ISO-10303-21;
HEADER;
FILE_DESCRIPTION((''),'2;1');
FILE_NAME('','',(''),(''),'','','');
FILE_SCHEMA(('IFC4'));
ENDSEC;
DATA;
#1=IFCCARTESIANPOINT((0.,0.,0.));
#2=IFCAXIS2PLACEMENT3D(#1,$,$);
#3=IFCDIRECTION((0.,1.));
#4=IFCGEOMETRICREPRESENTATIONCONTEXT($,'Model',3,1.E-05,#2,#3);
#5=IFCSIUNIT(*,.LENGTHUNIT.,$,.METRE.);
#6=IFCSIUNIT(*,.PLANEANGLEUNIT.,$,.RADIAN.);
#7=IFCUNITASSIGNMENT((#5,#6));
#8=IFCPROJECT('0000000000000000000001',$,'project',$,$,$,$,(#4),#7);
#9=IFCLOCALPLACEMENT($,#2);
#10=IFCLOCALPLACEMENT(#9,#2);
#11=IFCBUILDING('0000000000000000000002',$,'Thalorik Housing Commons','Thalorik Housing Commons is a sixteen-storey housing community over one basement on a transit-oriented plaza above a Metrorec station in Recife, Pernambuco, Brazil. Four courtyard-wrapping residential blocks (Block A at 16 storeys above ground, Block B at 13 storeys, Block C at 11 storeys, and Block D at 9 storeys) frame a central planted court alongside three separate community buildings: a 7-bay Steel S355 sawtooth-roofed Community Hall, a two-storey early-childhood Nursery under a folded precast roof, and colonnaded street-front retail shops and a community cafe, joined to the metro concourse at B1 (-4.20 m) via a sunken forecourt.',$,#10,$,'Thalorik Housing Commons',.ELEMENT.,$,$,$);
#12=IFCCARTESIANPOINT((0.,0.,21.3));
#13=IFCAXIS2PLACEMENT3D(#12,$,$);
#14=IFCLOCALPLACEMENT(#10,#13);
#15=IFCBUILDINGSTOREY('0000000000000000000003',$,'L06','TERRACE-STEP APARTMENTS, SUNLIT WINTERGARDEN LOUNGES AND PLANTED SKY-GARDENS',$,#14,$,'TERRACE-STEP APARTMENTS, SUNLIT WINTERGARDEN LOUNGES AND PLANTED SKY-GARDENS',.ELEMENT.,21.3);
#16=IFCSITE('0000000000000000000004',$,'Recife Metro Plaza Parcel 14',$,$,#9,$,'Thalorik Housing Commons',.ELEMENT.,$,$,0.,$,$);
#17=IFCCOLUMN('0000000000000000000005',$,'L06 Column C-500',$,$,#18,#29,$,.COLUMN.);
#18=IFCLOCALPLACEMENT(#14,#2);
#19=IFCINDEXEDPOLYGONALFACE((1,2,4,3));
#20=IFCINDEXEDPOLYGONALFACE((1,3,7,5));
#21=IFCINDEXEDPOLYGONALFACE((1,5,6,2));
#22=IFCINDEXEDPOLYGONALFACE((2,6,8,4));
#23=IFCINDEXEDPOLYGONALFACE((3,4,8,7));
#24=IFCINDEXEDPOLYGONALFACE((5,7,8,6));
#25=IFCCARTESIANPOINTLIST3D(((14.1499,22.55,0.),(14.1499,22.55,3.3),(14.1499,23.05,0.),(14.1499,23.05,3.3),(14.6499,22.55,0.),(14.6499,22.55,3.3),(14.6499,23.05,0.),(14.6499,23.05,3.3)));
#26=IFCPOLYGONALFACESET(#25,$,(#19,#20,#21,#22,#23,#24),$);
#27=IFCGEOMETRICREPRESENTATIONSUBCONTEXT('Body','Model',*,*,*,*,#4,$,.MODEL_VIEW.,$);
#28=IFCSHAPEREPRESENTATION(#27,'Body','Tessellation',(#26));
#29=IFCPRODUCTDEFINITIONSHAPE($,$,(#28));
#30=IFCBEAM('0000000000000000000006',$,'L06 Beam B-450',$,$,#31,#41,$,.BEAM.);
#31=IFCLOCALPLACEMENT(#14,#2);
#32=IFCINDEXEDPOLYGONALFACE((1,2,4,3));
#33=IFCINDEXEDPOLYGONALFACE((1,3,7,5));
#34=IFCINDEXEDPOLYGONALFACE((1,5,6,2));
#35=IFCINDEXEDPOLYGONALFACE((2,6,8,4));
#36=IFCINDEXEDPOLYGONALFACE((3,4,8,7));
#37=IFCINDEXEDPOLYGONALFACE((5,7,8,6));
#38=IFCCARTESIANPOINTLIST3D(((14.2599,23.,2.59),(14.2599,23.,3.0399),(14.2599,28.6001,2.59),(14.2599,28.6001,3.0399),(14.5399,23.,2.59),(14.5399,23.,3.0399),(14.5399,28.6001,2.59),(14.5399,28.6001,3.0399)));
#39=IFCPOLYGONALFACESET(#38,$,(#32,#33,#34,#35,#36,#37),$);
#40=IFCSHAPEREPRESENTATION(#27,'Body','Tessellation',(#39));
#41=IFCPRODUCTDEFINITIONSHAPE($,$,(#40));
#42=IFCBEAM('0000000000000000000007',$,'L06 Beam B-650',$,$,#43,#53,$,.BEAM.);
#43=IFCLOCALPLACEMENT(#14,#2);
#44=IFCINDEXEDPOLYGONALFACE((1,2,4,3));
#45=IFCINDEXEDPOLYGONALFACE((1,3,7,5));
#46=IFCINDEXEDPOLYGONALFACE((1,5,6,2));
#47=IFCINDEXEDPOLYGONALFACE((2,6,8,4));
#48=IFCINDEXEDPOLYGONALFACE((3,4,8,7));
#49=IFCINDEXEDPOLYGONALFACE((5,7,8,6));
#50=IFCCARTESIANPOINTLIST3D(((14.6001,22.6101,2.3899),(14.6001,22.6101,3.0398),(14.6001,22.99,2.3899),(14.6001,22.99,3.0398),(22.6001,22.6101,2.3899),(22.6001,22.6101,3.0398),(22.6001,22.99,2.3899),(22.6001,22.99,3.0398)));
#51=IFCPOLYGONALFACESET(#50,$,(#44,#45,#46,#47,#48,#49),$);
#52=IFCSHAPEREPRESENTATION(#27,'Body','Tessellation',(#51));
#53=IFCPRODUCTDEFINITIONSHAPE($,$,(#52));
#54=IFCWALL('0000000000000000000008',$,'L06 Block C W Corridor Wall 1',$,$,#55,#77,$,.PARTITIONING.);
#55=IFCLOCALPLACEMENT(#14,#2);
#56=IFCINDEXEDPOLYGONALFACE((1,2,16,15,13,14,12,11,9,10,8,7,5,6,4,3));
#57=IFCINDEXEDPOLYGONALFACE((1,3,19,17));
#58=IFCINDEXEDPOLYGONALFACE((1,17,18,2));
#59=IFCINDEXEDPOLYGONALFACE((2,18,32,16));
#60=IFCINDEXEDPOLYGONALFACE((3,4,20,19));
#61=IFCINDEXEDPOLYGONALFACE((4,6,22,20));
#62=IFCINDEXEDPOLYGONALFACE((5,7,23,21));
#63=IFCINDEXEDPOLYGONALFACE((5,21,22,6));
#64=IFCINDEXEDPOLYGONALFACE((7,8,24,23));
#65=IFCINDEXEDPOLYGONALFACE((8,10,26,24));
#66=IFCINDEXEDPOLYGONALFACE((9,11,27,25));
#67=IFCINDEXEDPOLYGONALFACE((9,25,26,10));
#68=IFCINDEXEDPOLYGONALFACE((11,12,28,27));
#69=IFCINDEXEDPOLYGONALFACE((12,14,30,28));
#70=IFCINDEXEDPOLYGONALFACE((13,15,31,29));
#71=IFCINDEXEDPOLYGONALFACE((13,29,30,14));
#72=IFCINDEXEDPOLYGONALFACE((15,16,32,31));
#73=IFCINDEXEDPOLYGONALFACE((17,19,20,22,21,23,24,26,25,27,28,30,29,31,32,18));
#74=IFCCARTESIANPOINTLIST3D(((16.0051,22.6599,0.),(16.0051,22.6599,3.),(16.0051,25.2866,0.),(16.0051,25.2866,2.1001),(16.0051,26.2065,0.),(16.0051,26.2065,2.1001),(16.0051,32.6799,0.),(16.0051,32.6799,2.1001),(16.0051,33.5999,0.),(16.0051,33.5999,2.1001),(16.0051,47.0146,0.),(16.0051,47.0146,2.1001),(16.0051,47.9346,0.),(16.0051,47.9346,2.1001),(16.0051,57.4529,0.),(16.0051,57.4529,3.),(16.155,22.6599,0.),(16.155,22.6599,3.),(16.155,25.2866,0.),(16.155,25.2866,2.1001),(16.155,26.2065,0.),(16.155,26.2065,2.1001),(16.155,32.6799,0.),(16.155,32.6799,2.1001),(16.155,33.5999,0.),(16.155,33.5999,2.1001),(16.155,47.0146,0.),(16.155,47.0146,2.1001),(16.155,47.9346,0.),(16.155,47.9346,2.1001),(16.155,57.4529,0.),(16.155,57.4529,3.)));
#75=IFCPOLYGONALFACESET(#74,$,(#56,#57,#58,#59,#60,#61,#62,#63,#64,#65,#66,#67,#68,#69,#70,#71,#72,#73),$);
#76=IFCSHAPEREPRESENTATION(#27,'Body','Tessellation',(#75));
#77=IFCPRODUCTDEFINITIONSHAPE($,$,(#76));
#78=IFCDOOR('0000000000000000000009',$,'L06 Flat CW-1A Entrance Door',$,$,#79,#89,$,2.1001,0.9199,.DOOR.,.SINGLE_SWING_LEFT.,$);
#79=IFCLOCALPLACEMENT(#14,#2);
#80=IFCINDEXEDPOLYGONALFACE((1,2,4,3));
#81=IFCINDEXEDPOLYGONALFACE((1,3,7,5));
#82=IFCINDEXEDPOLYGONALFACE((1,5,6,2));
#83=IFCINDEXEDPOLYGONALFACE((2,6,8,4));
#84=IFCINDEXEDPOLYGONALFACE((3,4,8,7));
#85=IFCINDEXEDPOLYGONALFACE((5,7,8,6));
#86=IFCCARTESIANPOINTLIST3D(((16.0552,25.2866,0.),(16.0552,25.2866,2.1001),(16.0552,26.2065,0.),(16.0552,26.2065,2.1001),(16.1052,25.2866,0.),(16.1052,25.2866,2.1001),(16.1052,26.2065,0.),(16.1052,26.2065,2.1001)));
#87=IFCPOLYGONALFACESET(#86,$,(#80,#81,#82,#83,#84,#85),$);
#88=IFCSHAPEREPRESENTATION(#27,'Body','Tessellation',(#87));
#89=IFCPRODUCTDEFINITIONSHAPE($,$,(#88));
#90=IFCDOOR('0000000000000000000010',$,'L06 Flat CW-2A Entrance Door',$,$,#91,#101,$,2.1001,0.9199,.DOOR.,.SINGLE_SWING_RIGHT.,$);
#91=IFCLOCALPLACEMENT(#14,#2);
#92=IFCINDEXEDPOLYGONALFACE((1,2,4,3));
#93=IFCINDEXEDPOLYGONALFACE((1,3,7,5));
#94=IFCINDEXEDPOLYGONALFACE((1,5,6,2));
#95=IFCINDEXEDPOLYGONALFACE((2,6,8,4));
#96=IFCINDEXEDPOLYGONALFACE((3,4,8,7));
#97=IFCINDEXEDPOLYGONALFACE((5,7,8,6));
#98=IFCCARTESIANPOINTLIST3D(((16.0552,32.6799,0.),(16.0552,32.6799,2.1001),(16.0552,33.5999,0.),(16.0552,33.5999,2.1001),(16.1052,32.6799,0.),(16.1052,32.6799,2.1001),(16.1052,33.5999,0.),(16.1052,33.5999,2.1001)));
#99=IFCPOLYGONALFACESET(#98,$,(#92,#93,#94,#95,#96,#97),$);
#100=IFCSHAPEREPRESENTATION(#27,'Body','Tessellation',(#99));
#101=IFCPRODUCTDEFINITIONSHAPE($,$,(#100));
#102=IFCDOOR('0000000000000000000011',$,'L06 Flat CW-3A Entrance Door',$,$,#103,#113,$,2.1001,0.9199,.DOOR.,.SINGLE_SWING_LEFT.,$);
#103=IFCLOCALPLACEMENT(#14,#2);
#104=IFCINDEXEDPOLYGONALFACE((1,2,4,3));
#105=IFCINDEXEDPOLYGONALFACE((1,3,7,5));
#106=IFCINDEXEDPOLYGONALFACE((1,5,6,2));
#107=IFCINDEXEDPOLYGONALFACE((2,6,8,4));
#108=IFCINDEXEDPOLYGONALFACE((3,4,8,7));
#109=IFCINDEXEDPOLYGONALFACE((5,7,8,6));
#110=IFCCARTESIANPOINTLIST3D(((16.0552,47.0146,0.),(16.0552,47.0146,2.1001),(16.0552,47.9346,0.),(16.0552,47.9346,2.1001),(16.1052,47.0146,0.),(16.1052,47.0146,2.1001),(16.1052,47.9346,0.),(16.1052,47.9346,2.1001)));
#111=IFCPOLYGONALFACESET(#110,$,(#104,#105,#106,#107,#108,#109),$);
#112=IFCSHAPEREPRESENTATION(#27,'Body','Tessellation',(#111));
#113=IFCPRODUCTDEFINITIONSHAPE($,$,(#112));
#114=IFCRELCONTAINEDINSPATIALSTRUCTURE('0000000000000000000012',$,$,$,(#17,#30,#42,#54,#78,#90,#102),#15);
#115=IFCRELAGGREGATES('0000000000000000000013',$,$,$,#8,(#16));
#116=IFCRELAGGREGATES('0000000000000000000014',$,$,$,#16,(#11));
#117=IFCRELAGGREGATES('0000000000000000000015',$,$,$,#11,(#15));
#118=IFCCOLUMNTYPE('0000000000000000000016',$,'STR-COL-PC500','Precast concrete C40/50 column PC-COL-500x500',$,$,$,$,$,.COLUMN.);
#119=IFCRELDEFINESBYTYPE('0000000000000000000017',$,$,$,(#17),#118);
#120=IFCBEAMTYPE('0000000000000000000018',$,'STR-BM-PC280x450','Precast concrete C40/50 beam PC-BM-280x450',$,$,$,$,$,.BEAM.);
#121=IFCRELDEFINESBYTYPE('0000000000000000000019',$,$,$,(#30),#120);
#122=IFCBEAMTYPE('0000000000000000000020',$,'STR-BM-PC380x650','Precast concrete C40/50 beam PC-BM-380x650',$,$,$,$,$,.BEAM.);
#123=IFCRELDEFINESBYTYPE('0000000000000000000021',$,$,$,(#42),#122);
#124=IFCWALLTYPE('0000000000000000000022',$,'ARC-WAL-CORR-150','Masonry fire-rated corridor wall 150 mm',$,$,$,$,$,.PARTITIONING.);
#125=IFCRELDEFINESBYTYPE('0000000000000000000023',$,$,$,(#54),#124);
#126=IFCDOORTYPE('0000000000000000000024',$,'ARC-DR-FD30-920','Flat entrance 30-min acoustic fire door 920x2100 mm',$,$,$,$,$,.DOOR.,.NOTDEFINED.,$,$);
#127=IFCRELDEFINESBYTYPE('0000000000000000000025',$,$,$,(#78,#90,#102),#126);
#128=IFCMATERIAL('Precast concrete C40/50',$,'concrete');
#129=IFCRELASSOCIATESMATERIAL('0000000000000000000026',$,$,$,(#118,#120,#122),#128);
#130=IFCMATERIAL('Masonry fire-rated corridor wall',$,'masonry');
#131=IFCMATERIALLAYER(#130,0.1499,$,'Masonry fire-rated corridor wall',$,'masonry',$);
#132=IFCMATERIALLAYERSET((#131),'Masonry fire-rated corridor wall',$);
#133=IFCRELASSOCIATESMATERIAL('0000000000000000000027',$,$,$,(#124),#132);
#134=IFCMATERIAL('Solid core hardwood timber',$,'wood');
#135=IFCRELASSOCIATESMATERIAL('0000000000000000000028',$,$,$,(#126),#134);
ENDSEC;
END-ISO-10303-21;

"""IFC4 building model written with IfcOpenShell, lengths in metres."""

from ifc_helpers import new_model, si_unit, direction, frame, frame_2d, origin, origin_2d, place, context, subcontext, project, spatial, rectangle, extrude, material, layer, layer_set, material_profile, profile_set, type_object, element, fill, save


model = new_model("IFC4")

# Units and contexts
model_context = context("Model", 3, precision=1e-05, world=origin(), true_north=direction((0.0, 1.0)))
body_context = subcontext(model_context, "Body", "Model", "MODEL_VIEW")
ifc_project = project(units=[si_unit("LENGTHUNIT", "METRE"), si_unit("PLANEANGLEUNIT", "RADIAN")], contexts=[model_context])

# Site, building, storey
site_placement = place(None, origin())
site = spatial("IfcSite", under=ifc_project, at=site_placement, Name="Recife Metro Plaza Parcel 14", LongName="Thalorik Housing Commons", CompositionType="ELEMENT", RefElevation=0.0)
building_placement = place(site_placement, origin())
building = spatial("IfcBuilding", under=site, at=building_placement, Name="Thalorik Housing Commons", Description="Thalorik Housing Commons is a sixteen-storey housing community over one basement on a transit-oriented plaza above a Metrorec station in Recife, Pernambuco, Brazil. Four courtyard-wrapping residential blocks (Block A at 16 storeys above ground, Block B at 13 storeys, Block C at 11 storeys, and Block D at 9 storeys) frame a central planted court alongside three separate community buildings: a 7-bay Steel S355 sawtooth-roofed Community Hall, a two-storey early-childhood Nursery under a folded precast roof, and colonnaded street-front retail shops and a community cafe, joined to the metro concourse at B1 (-4.20 m) via a sunken forecourt.", LongName="Thalorik Housing Commons", CompositionType="ELEMENT")
storey_placement = place(building_placement, frame((0.0, 0.0, 21.3)))
storey = spatial("IfcBuildingStorey", under=building, at=storey_placement, Name="L06", Description="TERRACE-STEP APARTMENTS, SUNLIT WINTERGARDEN LOUNGES AND PLANTED SKY-GARDENS", LongName="TERRACE-STEP APARTMENTS, SUNLIT WINTERGARDEN LOUNGES AND PLANTED SKY-GARDENS", CompositionType="ELEMENT", Elevation=21.3)

# Column
ifc_material_1 = material(Name="Precast concrete C40/50", Category="concrete")
ifc_material_profile_1 = material_profile(ifc_material_1, rectangle(XDim=0.5, YDim=0.5, at=origin_2d()), Name="PC 500x500", Category="concrete")
ifc_profile_set_1 = profile_set([ifc_material_profile_1], Name="Precast concrete C40/50")
column_type = type_object("IfcColumnType", Name="STR-COL-PC500", Description="Precast concrete C40/50 column PC-COL-500x500", PredefinedType="COLUMN", material=ifc_profile_set_1)
column_placement = place(storey_placement, frame((14.3999, 22.8, 0.0), z_axis=(0.0, 0.0, 1.0), x_axis=(1.0, 0.0, 0.0)))
element("IfcColumn", 1, at=column_placement, inside=storey, type_object=column_type, Name="L06 Column C-500", PredefinedType="COLUMN", context=body_context, shape_type="SweptSolid", body=[
    extrude(rectangle(XDim=0.5, YDim=0.5, at=origin_2d()), origin(), (0.0, 0.0, 1.0), 3.3),
])

# Beams
ifc_material_profile_2 = material_profile(ifc_material_1, rectangle(XDim=0.28, YDim=0.45, at=origin_2d()), Name="PC 280x450", Category="concrete")
ifc_profile_set_2 = profile_set([ifc_material_profile_2], Name="Precast concrete C40/50")
beam_type_1 = type_object("IfcBeamType", Name="STR-BM-PC280x450", Description="Precast concrete C40/50 beam PC-BM-280x450", PredefinedType="BEAM", material=ifc_profile_set_2)
beam_1_placement = place(storey_placement, frame((14.3999, 23.0, 2.8149), z_axis=(0.0, 1.0, 0.0), x_axis=(-1.0, 0.0, 0.0)))
element("IfcBeam", 2, at=beam_1_placement, inside=storey, type_object=beam_type_1, Name="L06 Beam B-450", PredefinedType="BEAM", context=body_context, shape_type="SweptSolid", body=[
    extrude(rectangle(XDim=0.28, YDim=0.45, at=origin_2d()), origin(), (0.0, 0.0, 1.0), 5.6001),
])
ifc_material_profile_3 = material_profile(ifc_material_1, rectangle(XDim=0.3799, YDim=0.6499, at=origin_2d()), Name="PC 380x650", Category="concrete")
ifc_profile_set_3 = profile_set([ifc_material_profile_3], Name="Precast concrete C40/50")
beam_type_2 = type_object("IfcBeamType", Name="STR-BM-PC380x650", Description="Precast concrete C40/50 beam PC-BM-380x650", PredefinedType="BEAM", material=ifc_profile_set_3)
beam_2_placement = place(storey_placement, frame((14.6001, 22.8, 2.7148), z_axis=(1.0, 0.0, 0.0), x_axis=(0.0, 1.0, 0.0)))
element("IfcBeam", 3, at=beam_2_placement, inside=storey, type_object=beam_type_2, Name="L06 Beam B-650", PredefinedType="BEAM", context=body_context, shape_type="SweptSolid", body=[
    extrude(rectangle(XDim=0.3799, YDim=0.6499, at=origin_2d()), origin(), (0.0, 0.0, 1.0), 8.0),
])

# Wall, openings, doors
ifc_material_2 = material(Name="Masonry fire-rated corridor wall", Category="masonry")
ifc_layer_1 = layer(ifc_material_2, 0.1499, Name="Masonry fire-rated corridor wall", Category="masonry")
ifc_layer_set_1 = layer_set([ifc_layer_1], Name="Masonry fire-rated corridor wall")
wall_type_1 = type_object("IfcWallType", Name="ARC-WAL-CORR-150", Description="Masonry fire-rated corridor wall 150 mm", PredefinedType="PARTITIONING", material=ifc_layer_set_1)
wall_1_placement = place(storey_placement, frame((16.0801, 22.6599, 0.0), z_axis=(0.0, 0.0, 1.0), x_axis=(0.0, 1.0, 0.0)))
wall_1 = element("IfcWall", 4, at=wall_1_placement, inside=storey, type_object=wall_type_1, Name="L06 Block C W Corridor Wall 1", PredefinedType="PARTITIONING", context=body_context, shape_type="SweptSolid", body=[
    extrude(rectangle(XDim=34.793, YDim=0.1499, at=frame_2d((17.3965, 0.0))), origin(), (0.0, 0.0, 1.0), 3.0),
])
opening_1_placement = place(wall_1_placement, frame((2.6267, 0.0, 0.0)))
opening_1 = element("IfcOpeningElement", 5, at=opening_1_placement, cuts=wall_1, PredefinedType="OPENING", context=body_context, shape_type="SweptSolid", body=[
    extrude(rectangle(XDim=0.9199, YDim=2.1001, at=frame_2d((0.46, 1.05))), frame((0.0, 0.085, 0.0), z_axis=(0.0, -1.0, 0.0), x_axis=(1.0, 0.0, 0.0)), (0.0, 0.0, 1.0), 0.1699),
])
opening_2_placement = place(wall_1_placement, frame((10.02, 0.0, 0.0)))
opening_2 = element("IfcOpeningElement", 6, at=opening_2_placement, cuts=wall_1, PredefinedType="OPENING", context=body_context, shape_type="SweptSolid", body=[
    extrude(rectangle(XDim=0.9199, YDim=2.1001, at=frame_2d((0.46, 1.05))), frame((0.0, 0.085, 0.0), z_axis=(0.0, -1.0, 0.0), x_axis=(1.0, 0.0, 0.0)), (0.0, 0.0, 1.0), 0.1699),
])
opening_3_placement = place(wall_1_placement, frame((24.3547, 0.0, 0.0)))
opening_3 = element("IfcOpeningElement", 7, at=opening_3_placement, cuts=wall_1, PredefinedType="OPENING", context=body_context, shape_type="SweptSolid", body=[
    extrude(rectangle(XDim=0.9199, YDim=2.1001, at=frame_2d((0.46, 1.05))), frame((0.0, 0.085, 0.0), z_axis=(0.0, -1.0, 0.0), x_axis=(1.0, 0.0, 0.0)), (0.0, 0.0, 1.0), 0.1699),
])
ifc_material_3 = material(Name="Solid core hardwood timber", Category="wood")
door_type_1 = type_object("IfcDoorType", Name="ARC-DR-FD30-920", Description="Flat entrance 30-min acoustic fire door 920x2100 mm", OperationType="NOTDEFINED", PredefinedType="DOOR", material=ifc_material_3)
door_1_placement = place(opening_1_placement, origin())
door_1 = element("IfcDoor", 8, at=door_1_placement, inside=storey, type_object=door_type_1, Name="L06 Flat CW-1A Entrance Door", OperationType="SINGLE_SWING_LEFT", OverallHeight=2.1001, OverallWidth=0.9199, PredefinedType="DOOR", context=body_context, shape_type="SweptSolid", body=[
    extrude(rectangle(XDim=0.9199, YDim=2.1001, at=frame_2d((0.46, 1.05))), frame((0.0, 0.0249, 0.0), z_axis=(0.0, -1.0, 0.0), x_axis=(1.0, 0.0, 0.0)), (0.0, 0.0, 1.0), 0.05),
])
fill(opening_1, door_1)
door_2_placement = place(opening_2_placement, origin())
door_2 = element("IfcDoor", 9, at=door_2_placement, inside=storey, type_object=door_type_1, Name="L06 Flat CW-2A Entrance Door", OperationType="SINGLE_SWING_RIGHT", OverallHeight=2.1001, OverallWidth=0.9199, PredefinedType="DOOR", context=body_context, shape_type="SweptSolid", body=[
    extrude(rectangle(XDim=0.9199, YDim=2.1001, at=frame_2d((0.46, 1.05))), frame((0.0, 0.0249, 0.0), z_axis=(0.0, -1.0, 0.0), x_axis=(1.0, 0.0, 0.0)), (0.0, 0.0, 1.0), 0.05),
])
fill(opening_2, door_2)
door_3_placement = place(opening_3_placement, origin())
door_3 = element("IfcDoor", 10, at=door_3_placement, inside=storey, type_object=door_type_1, Name="L06 Flat CW-3A Entrance Door", OperationType="SINGLE_SWING_LEFT", OverallHeight=2.1001, OverallWidth=0.9199, PredefinedType="DOOR", context=body_context, shape_type="SweptSolid", body=[
    extrude(rectangle(XDim=0.9199, YDim=2.1001, at=frame_2d((0.46, 1.05))), frame((0.0, 0.0249, 0.0), z_axis=(0.0, -1.0, 0.0), x_axis=(1.0, 0.0, 0.0)), (0.0, 0.0, 1.0), 0.05),
])
fill(opening_3, door_3)

save(model, "model.ifc")
